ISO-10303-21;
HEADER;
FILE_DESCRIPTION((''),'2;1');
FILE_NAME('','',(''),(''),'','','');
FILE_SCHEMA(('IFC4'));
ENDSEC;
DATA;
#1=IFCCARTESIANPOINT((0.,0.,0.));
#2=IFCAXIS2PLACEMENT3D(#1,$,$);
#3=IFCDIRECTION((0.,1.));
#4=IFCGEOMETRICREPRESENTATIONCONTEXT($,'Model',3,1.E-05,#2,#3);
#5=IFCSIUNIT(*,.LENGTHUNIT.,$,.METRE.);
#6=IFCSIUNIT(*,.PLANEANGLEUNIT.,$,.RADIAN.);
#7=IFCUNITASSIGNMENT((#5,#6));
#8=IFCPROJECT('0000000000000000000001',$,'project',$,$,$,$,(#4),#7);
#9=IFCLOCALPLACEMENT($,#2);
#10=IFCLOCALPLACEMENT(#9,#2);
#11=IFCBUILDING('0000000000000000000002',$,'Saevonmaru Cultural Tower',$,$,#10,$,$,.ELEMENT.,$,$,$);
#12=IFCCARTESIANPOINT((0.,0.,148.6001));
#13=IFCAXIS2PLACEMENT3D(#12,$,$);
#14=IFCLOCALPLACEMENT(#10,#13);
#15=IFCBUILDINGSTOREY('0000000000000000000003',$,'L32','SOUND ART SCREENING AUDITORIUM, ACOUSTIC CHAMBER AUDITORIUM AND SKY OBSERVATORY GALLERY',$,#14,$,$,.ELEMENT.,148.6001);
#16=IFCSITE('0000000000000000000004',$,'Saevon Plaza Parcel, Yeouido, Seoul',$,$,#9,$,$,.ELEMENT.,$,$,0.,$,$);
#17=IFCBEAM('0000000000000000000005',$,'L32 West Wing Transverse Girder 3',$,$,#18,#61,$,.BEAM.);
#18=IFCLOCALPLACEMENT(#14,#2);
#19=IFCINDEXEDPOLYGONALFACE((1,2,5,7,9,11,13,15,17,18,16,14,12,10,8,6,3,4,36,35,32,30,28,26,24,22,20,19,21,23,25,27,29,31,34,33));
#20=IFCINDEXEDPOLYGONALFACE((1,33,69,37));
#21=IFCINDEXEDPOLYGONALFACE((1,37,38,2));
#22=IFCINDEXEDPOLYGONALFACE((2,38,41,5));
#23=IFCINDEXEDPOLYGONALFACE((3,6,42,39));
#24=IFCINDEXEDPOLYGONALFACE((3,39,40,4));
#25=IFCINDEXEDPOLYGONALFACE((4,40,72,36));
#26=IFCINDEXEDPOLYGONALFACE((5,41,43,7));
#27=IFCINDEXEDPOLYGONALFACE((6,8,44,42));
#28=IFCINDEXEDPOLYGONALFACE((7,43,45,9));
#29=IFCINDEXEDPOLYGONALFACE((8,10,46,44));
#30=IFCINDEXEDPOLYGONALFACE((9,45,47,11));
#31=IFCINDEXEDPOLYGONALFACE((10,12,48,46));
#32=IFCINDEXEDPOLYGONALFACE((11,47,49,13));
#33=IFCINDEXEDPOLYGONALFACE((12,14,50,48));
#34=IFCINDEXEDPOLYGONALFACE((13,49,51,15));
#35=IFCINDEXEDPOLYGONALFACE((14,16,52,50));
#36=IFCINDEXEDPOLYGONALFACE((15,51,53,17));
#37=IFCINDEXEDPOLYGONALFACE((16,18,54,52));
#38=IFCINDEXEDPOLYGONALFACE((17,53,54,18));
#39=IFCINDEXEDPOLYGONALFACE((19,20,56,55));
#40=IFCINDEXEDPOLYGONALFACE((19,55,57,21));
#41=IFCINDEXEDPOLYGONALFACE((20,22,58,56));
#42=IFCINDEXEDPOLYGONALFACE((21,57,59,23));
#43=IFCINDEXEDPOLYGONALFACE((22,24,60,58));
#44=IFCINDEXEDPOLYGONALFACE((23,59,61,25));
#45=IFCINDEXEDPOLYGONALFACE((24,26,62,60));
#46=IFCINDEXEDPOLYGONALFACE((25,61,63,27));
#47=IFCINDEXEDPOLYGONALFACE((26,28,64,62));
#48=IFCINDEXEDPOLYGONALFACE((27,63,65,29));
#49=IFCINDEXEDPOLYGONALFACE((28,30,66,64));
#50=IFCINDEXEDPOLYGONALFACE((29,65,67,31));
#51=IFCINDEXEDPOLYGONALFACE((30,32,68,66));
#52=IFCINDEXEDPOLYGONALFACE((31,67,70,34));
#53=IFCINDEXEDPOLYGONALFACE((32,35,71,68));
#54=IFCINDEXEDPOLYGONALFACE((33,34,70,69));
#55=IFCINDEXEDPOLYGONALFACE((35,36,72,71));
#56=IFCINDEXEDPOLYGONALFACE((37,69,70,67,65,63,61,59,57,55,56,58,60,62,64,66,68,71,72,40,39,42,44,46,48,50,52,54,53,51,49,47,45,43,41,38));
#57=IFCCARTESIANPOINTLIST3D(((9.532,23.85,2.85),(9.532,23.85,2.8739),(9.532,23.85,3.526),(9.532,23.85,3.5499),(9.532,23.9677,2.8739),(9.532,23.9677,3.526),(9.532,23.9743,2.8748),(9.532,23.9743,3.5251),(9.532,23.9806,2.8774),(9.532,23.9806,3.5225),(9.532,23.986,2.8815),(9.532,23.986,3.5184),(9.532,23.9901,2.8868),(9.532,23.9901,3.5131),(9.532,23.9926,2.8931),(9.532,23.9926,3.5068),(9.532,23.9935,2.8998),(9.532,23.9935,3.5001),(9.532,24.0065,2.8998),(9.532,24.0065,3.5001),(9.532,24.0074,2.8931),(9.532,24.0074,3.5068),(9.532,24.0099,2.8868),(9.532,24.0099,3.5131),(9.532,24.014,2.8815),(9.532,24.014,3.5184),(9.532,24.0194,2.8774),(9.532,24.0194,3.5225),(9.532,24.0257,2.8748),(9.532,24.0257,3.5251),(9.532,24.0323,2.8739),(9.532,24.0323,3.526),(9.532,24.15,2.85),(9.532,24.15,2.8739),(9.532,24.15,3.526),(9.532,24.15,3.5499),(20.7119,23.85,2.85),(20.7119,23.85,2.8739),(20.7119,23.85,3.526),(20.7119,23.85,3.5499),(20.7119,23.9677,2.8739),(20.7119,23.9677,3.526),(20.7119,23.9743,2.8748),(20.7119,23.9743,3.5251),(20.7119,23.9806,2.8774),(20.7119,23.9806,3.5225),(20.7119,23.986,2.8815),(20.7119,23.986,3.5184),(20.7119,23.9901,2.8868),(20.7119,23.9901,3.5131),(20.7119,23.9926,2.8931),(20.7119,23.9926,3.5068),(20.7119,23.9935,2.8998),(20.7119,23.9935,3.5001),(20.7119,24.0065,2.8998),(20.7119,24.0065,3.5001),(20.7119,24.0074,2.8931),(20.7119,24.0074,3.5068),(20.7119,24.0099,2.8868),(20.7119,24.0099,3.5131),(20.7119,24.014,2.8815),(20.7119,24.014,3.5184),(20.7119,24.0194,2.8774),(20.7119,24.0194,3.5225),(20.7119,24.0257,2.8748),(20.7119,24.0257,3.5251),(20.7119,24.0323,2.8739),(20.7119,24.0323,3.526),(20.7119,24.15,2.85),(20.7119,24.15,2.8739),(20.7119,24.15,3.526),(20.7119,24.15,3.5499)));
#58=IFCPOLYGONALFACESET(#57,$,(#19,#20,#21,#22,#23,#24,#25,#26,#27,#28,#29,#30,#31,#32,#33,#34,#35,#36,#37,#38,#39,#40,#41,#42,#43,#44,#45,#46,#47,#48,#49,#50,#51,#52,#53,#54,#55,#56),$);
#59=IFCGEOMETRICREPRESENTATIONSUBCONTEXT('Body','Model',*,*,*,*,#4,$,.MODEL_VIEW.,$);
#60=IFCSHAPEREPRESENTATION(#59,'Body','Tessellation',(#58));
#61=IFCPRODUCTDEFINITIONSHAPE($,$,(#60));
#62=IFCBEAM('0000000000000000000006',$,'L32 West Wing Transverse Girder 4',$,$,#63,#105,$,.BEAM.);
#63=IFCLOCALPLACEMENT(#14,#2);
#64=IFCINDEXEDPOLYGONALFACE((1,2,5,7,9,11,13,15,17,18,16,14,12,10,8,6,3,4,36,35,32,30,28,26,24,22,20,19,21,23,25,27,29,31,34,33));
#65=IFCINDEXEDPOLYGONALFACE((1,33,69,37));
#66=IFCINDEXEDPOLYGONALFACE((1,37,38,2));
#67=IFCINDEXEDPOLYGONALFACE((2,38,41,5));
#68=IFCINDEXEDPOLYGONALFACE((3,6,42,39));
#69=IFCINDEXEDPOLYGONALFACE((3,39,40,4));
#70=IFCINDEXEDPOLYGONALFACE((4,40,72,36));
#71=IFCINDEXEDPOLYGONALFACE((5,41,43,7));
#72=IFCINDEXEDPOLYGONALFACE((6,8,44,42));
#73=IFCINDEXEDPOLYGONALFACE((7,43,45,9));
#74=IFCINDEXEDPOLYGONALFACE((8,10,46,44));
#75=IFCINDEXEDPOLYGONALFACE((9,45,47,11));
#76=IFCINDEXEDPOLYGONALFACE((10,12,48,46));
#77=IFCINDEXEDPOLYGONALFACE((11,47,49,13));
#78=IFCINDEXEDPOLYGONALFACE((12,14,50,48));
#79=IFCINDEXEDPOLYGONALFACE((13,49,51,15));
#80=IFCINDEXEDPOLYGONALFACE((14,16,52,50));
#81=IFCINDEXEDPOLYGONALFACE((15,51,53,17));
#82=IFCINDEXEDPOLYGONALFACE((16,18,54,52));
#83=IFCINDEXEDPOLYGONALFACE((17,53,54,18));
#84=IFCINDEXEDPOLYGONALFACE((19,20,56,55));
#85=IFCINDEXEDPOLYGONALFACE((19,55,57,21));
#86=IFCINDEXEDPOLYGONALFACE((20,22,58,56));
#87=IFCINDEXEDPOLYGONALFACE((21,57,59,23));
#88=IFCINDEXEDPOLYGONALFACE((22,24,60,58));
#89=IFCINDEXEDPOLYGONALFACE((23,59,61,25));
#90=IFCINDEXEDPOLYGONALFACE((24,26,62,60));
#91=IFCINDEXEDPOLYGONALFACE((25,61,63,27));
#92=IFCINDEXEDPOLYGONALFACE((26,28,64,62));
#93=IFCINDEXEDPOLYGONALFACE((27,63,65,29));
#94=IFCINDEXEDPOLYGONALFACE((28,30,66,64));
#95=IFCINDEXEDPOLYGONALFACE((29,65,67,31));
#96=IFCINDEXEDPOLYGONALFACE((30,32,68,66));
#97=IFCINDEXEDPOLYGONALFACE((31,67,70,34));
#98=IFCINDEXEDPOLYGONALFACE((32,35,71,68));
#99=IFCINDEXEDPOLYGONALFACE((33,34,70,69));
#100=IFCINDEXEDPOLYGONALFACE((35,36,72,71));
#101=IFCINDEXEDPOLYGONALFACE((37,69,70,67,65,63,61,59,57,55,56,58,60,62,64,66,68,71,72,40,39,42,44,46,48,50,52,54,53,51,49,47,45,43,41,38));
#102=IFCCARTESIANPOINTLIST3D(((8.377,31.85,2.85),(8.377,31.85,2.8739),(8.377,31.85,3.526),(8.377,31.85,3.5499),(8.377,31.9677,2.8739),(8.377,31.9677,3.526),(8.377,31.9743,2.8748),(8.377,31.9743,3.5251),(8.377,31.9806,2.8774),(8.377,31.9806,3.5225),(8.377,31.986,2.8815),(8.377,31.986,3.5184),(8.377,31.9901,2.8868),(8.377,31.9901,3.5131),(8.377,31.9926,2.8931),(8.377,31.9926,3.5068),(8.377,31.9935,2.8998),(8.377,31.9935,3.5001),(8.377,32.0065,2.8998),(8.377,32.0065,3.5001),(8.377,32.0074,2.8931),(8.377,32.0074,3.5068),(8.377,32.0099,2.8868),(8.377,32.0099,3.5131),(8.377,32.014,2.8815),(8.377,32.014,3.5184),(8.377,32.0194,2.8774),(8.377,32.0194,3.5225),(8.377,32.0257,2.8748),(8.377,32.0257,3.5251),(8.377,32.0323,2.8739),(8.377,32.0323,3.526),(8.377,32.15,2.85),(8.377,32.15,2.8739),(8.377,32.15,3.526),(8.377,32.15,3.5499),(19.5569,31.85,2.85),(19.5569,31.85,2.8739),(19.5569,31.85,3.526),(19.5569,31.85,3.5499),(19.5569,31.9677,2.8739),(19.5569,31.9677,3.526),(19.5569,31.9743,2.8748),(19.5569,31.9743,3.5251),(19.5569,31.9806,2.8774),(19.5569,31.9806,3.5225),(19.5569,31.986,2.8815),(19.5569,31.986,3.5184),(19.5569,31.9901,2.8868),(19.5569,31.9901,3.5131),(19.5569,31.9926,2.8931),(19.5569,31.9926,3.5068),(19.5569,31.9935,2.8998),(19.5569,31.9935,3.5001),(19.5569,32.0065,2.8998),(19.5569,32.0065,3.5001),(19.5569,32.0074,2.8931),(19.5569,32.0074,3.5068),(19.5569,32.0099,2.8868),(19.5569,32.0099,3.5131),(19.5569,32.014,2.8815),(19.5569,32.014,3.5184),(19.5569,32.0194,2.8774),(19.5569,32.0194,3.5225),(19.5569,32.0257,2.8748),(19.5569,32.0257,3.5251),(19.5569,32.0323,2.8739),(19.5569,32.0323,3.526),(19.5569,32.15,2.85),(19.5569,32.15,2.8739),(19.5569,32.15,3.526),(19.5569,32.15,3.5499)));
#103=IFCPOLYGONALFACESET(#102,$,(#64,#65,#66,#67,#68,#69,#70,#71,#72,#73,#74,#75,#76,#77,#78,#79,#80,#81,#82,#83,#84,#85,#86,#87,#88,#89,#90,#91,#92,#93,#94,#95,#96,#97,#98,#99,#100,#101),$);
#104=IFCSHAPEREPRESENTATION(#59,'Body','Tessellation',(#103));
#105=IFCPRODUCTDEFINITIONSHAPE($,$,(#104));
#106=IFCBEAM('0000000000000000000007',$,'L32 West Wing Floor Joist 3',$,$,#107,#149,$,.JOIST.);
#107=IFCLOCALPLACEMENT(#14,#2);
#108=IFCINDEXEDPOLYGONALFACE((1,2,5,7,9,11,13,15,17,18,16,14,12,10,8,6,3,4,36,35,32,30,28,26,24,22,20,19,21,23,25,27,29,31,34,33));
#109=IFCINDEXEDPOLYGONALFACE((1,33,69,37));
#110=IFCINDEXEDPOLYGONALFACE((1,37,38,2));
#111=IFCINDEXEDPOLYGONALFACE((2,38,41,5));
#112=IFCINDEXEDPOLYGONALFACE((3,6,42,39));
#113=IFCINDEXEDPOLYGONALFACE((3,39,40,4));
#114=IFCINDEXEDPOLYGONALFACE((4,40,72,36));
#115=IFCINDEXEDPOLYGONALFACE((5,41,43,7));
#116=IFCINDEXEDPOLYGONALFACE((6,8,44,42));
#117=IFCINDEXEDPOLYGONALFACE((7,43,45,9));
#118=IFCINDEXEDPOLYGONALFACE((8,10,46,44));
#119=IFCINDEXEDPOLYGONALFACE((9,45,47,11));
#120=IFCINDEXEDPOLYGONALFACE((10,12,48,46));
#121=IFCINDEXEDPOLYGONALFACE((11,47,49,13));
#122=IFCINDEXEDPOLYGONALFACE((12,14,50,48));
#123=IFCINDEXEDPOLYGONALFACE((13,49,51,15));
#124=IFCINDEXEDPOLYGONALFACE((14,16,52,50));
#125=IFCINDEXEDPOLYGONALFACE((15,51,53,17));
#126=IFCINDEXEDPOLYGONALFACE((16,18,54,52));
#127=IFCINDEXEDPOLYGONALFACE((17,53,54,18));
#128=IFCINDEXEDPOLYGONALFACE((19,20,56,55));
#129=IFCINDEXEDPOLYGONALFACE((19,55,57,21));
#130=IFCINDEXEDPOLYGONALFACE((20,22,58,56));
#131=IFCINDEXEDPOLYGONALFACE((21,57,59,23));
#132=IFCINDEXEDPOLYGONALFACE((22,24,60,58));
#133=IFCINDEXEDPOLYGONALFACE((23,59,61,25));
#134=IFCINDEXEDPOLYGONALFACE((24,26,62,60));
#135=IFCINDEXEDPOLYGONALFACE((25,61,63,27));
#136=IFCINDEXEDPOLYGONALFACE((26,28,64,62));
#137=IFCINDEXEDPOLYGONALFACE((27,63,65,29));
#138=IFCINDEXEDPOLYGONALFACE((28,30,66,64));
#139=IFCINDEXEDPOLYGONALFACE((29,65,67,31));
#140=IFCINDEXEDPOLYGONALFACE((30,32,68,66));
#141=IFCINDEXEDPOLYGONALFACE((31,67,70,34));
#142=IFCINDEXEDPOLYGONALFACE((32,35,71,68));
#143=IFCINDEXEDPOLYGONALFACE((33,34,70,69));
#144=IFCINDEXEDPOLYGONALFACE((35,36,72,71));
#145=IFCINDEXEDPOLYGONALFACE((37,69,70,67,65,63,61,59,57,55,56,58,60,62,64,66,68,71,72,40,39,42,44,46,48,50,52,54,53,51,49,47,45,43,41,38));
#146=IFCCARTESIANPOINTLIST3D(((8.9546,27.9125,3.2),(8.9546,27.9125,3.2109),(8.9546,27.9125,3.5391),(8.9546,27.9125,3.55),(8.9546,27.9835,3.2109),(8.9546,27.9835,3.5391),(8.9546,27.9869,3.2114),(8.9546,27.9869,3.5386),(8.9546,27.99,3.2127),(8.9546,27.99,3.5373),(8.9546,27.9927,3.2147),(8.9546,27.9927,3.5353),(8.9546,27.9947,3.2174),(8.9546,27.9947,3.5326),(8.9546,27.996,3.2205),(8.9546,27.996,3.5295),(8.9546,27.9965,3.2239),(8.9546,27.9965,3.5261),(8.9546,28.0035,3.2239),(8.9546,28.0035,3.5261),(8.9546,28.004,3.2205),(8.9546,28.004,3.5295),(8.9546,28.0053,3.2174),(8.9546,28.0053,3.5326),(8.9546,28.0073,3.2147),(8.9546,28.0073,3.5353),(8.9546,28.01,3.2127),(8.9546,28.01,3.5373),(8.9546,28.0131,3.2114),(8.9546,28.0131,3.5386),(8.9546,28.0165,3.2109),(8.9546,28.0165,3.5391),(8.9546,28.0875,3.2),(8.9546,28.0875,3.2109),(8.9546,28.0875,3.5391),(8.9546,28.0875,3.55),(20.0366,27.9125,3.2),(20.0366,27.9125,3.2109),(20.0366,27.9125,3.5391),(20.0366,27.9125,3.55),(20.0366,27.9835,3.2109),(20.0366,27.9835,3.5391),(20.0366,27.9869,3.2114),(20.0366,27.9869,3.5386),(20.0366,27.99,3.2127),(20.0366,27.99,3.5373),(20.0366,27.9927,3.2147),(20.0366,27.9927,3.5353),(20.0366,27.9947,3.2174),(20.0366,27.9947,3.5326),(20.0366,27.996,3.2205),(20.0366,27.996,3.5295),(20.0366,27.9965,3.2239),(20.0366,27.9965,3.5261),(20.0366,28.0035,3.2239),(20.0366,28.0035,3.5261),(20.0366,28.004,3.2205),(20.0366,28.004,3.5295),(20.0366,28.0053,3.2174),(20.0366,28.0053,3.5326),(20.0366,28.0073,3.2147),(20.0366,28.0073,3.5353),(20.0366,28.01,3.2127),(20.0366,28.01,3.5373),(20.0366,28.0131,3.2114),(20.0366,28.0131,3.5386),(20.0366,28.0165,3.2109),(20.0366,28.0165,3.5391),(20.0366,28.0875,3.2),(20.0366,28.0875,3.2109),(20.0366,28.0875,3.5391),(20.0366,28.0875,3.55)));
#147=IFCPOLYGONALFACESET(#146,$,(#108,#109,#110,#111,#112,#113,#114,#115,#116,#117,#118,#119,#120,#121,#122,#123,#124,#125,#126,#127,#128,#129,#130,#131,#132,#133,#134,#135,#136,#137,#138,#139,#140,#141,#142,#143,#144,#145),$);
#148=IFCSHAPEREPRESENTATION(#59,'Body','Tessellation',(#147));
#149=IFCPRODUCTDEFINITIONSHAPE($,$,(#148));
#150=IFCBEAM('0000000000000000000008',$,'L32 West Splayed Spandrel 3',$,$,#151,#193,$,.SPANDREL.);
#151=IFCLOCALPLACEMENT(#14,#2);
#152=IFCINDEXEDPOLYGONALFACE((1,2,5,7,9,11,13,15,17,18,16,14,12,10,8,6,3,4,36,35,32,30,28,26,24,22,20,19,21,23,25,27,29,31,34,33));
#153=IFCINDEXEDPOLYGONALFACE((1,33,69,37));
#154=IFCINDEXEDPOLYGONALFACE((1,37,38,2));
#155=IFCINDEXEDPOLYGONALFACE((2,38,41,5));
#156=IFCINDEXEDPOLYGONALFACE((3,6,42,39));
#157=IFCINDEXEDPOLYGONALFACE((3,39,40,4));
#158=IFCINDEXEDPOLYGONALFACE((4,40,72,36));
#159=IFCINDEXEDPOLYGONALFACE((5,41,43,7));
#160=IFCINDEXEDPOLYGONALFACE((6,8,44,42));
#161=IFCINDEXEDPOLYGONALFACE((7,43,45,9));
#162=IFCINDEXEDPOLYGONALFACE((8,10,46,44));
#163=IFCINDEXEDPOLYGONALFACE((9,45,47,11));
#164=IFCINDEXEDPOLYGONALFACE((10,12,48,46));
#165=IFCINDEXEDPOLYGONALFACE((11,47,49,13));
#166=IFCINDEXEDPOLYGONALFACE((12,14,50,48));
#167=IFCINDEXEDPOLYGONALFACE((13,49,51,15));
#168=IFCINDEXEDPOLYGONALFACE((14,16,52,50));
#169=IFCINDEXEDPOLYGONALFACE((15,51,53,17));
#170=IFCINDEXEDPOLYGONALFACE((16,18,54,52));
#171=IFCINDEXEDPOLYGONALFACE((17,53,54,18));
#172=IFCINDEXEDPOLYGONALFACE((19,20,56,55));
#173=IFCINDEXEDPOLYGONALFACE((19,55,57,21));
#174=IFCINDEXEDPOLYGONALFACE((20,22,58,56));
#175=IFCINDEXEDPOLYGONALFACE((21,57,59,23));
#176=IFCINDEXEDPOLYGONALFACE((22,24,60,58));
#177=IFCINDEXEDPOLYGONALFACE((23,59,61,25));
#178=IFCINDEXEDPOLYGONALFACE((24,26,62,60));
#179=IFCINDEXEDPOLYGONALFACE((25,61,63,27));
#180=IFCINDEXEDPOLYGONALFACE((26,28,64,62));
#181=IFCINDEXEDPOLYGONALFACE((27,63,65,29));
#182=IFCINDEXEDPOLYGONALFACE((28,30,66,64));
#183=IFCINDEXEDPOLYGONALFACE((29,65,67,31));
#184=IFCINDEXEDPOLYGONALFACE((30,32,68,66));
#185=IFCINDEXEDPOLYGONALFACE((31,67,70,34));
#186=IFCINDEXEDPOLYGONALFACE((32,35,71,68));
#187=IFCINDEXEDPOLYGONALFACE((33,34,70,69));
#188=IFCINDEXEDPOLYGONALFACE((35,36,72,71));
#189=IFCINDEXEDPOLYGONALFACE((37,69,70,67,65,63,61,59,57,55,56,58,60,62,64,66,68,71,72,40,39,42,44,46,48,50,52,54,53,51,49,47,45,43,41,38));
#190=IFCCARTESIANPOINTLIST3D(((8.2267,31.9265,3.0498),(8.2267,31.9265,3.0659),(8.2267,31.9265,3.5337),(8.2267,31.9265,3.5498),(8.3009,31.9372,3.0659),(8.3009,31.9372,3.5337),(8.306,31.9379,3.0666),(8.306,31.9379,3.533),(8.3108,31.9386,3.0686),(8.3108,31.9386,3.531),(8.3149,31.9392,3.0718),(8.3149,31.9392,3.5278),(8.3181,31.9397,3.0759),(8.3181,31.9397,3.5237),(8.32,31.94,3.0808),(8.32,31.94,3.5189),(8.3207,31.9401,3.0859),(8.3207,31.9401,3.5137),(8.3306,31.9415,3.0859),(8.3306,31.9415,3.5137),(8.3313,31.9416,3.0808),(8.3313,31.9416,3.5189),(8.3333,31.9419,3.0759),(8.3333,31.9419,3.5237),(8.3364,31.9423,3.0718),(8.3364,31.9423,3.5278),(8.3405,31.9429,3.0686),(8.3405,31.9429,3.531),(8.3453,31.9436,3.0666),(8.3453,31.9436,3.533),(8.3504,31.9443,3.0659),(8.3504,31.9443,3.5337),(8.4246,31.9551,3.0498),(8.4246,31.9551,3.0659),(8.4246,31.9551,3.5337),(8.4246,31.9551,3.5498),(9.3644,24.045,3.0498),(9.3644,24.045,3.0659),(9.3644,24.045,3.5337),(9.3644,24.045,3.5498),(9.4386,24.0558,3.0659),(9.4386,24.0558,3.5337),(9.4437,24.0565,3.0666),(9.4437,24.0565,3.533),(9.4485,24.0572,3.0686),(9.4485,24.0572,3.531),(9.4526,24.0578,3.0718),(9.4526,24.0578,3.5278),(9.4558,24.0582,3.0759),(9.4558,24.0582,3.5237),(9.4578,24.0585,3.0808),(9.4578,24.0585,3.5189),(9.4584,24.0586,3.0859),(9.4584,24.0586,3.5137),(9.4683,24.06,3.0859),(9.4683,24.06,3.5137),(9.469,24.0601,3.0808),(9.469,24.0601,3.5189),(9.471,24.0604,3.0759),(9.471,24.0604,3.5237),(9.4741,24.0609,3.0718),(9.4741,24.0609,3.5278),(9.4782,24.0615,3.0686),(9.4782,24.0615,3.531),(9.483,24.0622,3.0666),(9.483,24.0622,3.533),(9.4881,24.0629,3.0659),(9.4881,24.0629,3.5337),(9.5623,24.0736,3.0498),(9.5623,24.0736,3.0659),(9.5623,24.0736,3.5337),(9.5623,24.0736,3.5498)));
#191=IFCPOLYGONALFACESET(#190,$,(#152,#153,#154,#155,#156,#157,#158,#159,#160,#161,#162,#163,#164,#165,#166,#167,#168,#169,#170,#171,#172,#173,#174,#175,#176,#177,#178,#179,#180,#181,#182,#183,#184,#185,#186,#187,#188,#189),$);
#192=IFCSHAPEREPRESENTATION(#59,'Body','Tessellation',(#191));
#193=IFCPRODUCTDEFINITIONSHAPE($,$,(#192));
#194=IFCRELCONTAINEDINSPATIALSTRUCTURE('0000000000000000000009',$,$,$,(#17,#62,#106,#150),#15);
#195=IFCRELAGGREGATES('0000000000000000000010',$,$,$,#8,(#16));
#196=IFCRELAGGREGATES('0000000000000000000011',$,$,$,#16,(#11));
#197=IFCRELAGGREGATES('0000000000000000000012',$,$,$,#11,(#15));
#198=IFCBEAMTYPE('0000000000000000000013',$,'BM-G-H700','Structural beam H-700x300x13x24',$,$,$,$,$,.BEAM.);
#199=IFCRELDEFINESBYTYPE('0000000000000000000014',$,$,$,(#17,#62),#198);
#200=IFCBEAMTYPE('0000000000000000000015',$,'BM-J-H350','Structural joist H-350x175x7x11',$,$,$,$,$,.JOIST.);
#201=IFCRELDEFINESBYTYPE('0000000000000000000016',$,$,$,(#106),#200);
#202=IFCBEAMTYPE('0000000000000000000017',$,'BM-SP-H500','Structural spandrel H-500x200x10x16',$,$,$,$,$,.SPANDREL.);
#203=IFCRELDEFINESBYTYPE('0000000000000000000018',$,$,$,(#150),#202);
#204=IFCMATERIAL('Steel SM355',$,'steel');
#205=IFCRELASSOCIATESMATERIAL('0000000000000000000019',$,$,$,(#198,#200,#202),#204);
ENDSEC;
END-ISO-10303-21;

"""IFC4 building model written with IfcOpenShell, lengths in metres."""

from ifc_helpers import new_model, si_unit, direction, frame, origin, origin_2d, place, context, subcontext, project, spatial, i_section, extrude, material, material_profile, profile_set, type_object, element, save


model = new_model("IFC4")

# Units and contexts
model_context = context("Model", 3, precision=1e-05, world=origin(), true_north=direction((0.0, 1.0)))
body_context = subcontext(model_context, "Body", "Model", "MODEL_VIEW")
ifc_project = project(units=[si_unit("LENGTHUNIT", "METRE"), si_unit("PLANEANGLEUNIT", "RADIAN")], contexts=[model_context])

# Site, building, storey
site_placement = place(None, origin())
site = spatial("IfcSite", under=ifc_project, at=site_placement, Name="Saevon Plaza Parcel, Yeouido, Seoul", CompositionType="ELEMENT", RefElevation=0.0)
building_placement = place(site_placement, origin())
building = spatial("IfcBuilding", under=site, at=building_placement, Name="Saevonmaru Cultural Tower", CompositionType="ELEMENT")
storey_placement = place(building_placement, frame((0.0, 0.0, 148.6001)))
storey = spatial("IfcBuildingStorey", under=building, at=storey_placement, Name="L32", Description="SOUND ART SCREENING AUDITORIUM, ACOUSTIC CHAMBER AUDITORIUM AND SKY OBSERVATORY GALLERY", CompositionType="ELEMENT", Elevation=148.6001)

# Shared definitions
ifc_material_1 = material(Name="Steel SM355", Category="steel")

# Beams
ifc_material_profile_1 = material_profile(ifc_material_1, i_section(OverallWidth=0.3, OverallDepth=0.7, WebThickness=0.0129, FlangeThickness=0.0239, FilletRadius=0.0259, at=origin_2d()), Name="H-700x300x13x24")
ifc_profile_set_1 = profile_set([ifc_material_profile_1], Name="Steel SM355")
beam_type_1 = type_object("IfcBeamType", Name="BM-G-H700", Description="Structural beam H-700x300x13x24", PredefinedType="BEAM", material=ifc_profile_set_1)
for number, where, z_axis, x_axis, name in (
    (1, (9.532, 24.0, 3.2), (1.0, 0.0, 0.0), (0.0, 1.0, 0.0), "L32 West Wing Transverse Girder 3"),
    (2, (8.377, 32.0, 3.2), (1.0, 0.0, 0.0), (0.0, 1.0, 0.0), "L32 West Wing Transverse Girder 4"),
):
    element("IfcBeam", number, at=place(storey_placement, frame(where, z_axis=z_axis, x_axis=x_axis)), inside=storey, type_object=beam_type_1, Name=name, PredefinedType="BEAM", context=body_context, shape_type="SweptSolid", body=[
        extrude(i_section(OverallWidth=0.3, OverallDepth=0.7, WebThickness=0.0129, FlangeThickness=0.0239, FilletRadius=0.0259, at=origin_2d()), origin(), (0.0, 0.0, 1.0), 11.1799),
    ])
ifc_material_profile_2 = material_profile(ifc_material_1, i_section(OverallWidth=0.175, OverallDepth=0.3501, WebThickness=0.0071, FlangeThickness=0.011, FilletRadius=0.0129, at=origin_2d()), Name="H-350x175x7x11")
ifc_profile_set_2 = profile_set([ifc_material_profile_2], Name="Steel SM355")
beam_type_2 = type_object("IfcBeamType", Name="BM-J-H350", Description="Structural joist H-350x175x7x11", PredefinedType="JOIST", material=ifc_profile_set_2)
beam_1_placement = place(storey_placement, frame((8.9546, 28.0, 3.375), z_axis=(1.0, 0.0, 0.0), x_axis=(0.0, 1.0, 0.0)))
element("IfcBeam", 3, at=beam_1_placement, inside=storey, type_object=beam_type_2, Name="L32 West Wing Floor Joist 3", PredefinedType="JOIST", context=body_context, shape_type="SweptSolid", body=[
    extrude(i_section(OverallWidth=0.175, OverallDepth=0.3501, WebThickness=0.0071, FlangeThickness=0.011, FilletRadius=0.0129, at=origin_2d()), origin(), (0.0, 0.0, 1.0), 11.082),
])
ifc_material_profile_3 = material_profile(ifc_material_1, i_section(OverallWidth=0.2, OverallDepth=0.5, WebThickness=0.01, FlangeThickness=0.0161, FilletRadius=0.02, at=origin_2d()), Name="H-500x200x10x16")
ifc_profile_set_3 = profile_set([ifc_material_profile_3], Name="Steel SM355")
beam_type_3 = type_object("IfcBeamType", Name="BM-SP-H500", Description="Structural spandrel H-500x200x10x16", PredefinedType="SPANDREL", material=ifc_profile_set_3)
beam_2_placement = place(storey_placement, frame((9.4634, 24.0593, 3.2998), z_axis=(-0.142872, 0.989741, 0.0), x_axis=(-0.989741, -0.142872, 0.0)))
element("IfcBeam", 4, at=beam_2_placement, inside=storey, type_object=beam_type_3, Name="L32 West Splayed Spandrel 3", PredefinedType="SPANDREL", context=body_context, shape_type="SweptSolid", body=[
    extrude(i_section(OverallWidth=0.2, OverallDepth=0.5, WebThickness=0.01, FlangeThickness=0.0161, FilletRadius=0.02, at=origin_2d()), origin(), (0.0, 0.0, 1.0), 7.9631),
])

save(model, "model.ifc")
